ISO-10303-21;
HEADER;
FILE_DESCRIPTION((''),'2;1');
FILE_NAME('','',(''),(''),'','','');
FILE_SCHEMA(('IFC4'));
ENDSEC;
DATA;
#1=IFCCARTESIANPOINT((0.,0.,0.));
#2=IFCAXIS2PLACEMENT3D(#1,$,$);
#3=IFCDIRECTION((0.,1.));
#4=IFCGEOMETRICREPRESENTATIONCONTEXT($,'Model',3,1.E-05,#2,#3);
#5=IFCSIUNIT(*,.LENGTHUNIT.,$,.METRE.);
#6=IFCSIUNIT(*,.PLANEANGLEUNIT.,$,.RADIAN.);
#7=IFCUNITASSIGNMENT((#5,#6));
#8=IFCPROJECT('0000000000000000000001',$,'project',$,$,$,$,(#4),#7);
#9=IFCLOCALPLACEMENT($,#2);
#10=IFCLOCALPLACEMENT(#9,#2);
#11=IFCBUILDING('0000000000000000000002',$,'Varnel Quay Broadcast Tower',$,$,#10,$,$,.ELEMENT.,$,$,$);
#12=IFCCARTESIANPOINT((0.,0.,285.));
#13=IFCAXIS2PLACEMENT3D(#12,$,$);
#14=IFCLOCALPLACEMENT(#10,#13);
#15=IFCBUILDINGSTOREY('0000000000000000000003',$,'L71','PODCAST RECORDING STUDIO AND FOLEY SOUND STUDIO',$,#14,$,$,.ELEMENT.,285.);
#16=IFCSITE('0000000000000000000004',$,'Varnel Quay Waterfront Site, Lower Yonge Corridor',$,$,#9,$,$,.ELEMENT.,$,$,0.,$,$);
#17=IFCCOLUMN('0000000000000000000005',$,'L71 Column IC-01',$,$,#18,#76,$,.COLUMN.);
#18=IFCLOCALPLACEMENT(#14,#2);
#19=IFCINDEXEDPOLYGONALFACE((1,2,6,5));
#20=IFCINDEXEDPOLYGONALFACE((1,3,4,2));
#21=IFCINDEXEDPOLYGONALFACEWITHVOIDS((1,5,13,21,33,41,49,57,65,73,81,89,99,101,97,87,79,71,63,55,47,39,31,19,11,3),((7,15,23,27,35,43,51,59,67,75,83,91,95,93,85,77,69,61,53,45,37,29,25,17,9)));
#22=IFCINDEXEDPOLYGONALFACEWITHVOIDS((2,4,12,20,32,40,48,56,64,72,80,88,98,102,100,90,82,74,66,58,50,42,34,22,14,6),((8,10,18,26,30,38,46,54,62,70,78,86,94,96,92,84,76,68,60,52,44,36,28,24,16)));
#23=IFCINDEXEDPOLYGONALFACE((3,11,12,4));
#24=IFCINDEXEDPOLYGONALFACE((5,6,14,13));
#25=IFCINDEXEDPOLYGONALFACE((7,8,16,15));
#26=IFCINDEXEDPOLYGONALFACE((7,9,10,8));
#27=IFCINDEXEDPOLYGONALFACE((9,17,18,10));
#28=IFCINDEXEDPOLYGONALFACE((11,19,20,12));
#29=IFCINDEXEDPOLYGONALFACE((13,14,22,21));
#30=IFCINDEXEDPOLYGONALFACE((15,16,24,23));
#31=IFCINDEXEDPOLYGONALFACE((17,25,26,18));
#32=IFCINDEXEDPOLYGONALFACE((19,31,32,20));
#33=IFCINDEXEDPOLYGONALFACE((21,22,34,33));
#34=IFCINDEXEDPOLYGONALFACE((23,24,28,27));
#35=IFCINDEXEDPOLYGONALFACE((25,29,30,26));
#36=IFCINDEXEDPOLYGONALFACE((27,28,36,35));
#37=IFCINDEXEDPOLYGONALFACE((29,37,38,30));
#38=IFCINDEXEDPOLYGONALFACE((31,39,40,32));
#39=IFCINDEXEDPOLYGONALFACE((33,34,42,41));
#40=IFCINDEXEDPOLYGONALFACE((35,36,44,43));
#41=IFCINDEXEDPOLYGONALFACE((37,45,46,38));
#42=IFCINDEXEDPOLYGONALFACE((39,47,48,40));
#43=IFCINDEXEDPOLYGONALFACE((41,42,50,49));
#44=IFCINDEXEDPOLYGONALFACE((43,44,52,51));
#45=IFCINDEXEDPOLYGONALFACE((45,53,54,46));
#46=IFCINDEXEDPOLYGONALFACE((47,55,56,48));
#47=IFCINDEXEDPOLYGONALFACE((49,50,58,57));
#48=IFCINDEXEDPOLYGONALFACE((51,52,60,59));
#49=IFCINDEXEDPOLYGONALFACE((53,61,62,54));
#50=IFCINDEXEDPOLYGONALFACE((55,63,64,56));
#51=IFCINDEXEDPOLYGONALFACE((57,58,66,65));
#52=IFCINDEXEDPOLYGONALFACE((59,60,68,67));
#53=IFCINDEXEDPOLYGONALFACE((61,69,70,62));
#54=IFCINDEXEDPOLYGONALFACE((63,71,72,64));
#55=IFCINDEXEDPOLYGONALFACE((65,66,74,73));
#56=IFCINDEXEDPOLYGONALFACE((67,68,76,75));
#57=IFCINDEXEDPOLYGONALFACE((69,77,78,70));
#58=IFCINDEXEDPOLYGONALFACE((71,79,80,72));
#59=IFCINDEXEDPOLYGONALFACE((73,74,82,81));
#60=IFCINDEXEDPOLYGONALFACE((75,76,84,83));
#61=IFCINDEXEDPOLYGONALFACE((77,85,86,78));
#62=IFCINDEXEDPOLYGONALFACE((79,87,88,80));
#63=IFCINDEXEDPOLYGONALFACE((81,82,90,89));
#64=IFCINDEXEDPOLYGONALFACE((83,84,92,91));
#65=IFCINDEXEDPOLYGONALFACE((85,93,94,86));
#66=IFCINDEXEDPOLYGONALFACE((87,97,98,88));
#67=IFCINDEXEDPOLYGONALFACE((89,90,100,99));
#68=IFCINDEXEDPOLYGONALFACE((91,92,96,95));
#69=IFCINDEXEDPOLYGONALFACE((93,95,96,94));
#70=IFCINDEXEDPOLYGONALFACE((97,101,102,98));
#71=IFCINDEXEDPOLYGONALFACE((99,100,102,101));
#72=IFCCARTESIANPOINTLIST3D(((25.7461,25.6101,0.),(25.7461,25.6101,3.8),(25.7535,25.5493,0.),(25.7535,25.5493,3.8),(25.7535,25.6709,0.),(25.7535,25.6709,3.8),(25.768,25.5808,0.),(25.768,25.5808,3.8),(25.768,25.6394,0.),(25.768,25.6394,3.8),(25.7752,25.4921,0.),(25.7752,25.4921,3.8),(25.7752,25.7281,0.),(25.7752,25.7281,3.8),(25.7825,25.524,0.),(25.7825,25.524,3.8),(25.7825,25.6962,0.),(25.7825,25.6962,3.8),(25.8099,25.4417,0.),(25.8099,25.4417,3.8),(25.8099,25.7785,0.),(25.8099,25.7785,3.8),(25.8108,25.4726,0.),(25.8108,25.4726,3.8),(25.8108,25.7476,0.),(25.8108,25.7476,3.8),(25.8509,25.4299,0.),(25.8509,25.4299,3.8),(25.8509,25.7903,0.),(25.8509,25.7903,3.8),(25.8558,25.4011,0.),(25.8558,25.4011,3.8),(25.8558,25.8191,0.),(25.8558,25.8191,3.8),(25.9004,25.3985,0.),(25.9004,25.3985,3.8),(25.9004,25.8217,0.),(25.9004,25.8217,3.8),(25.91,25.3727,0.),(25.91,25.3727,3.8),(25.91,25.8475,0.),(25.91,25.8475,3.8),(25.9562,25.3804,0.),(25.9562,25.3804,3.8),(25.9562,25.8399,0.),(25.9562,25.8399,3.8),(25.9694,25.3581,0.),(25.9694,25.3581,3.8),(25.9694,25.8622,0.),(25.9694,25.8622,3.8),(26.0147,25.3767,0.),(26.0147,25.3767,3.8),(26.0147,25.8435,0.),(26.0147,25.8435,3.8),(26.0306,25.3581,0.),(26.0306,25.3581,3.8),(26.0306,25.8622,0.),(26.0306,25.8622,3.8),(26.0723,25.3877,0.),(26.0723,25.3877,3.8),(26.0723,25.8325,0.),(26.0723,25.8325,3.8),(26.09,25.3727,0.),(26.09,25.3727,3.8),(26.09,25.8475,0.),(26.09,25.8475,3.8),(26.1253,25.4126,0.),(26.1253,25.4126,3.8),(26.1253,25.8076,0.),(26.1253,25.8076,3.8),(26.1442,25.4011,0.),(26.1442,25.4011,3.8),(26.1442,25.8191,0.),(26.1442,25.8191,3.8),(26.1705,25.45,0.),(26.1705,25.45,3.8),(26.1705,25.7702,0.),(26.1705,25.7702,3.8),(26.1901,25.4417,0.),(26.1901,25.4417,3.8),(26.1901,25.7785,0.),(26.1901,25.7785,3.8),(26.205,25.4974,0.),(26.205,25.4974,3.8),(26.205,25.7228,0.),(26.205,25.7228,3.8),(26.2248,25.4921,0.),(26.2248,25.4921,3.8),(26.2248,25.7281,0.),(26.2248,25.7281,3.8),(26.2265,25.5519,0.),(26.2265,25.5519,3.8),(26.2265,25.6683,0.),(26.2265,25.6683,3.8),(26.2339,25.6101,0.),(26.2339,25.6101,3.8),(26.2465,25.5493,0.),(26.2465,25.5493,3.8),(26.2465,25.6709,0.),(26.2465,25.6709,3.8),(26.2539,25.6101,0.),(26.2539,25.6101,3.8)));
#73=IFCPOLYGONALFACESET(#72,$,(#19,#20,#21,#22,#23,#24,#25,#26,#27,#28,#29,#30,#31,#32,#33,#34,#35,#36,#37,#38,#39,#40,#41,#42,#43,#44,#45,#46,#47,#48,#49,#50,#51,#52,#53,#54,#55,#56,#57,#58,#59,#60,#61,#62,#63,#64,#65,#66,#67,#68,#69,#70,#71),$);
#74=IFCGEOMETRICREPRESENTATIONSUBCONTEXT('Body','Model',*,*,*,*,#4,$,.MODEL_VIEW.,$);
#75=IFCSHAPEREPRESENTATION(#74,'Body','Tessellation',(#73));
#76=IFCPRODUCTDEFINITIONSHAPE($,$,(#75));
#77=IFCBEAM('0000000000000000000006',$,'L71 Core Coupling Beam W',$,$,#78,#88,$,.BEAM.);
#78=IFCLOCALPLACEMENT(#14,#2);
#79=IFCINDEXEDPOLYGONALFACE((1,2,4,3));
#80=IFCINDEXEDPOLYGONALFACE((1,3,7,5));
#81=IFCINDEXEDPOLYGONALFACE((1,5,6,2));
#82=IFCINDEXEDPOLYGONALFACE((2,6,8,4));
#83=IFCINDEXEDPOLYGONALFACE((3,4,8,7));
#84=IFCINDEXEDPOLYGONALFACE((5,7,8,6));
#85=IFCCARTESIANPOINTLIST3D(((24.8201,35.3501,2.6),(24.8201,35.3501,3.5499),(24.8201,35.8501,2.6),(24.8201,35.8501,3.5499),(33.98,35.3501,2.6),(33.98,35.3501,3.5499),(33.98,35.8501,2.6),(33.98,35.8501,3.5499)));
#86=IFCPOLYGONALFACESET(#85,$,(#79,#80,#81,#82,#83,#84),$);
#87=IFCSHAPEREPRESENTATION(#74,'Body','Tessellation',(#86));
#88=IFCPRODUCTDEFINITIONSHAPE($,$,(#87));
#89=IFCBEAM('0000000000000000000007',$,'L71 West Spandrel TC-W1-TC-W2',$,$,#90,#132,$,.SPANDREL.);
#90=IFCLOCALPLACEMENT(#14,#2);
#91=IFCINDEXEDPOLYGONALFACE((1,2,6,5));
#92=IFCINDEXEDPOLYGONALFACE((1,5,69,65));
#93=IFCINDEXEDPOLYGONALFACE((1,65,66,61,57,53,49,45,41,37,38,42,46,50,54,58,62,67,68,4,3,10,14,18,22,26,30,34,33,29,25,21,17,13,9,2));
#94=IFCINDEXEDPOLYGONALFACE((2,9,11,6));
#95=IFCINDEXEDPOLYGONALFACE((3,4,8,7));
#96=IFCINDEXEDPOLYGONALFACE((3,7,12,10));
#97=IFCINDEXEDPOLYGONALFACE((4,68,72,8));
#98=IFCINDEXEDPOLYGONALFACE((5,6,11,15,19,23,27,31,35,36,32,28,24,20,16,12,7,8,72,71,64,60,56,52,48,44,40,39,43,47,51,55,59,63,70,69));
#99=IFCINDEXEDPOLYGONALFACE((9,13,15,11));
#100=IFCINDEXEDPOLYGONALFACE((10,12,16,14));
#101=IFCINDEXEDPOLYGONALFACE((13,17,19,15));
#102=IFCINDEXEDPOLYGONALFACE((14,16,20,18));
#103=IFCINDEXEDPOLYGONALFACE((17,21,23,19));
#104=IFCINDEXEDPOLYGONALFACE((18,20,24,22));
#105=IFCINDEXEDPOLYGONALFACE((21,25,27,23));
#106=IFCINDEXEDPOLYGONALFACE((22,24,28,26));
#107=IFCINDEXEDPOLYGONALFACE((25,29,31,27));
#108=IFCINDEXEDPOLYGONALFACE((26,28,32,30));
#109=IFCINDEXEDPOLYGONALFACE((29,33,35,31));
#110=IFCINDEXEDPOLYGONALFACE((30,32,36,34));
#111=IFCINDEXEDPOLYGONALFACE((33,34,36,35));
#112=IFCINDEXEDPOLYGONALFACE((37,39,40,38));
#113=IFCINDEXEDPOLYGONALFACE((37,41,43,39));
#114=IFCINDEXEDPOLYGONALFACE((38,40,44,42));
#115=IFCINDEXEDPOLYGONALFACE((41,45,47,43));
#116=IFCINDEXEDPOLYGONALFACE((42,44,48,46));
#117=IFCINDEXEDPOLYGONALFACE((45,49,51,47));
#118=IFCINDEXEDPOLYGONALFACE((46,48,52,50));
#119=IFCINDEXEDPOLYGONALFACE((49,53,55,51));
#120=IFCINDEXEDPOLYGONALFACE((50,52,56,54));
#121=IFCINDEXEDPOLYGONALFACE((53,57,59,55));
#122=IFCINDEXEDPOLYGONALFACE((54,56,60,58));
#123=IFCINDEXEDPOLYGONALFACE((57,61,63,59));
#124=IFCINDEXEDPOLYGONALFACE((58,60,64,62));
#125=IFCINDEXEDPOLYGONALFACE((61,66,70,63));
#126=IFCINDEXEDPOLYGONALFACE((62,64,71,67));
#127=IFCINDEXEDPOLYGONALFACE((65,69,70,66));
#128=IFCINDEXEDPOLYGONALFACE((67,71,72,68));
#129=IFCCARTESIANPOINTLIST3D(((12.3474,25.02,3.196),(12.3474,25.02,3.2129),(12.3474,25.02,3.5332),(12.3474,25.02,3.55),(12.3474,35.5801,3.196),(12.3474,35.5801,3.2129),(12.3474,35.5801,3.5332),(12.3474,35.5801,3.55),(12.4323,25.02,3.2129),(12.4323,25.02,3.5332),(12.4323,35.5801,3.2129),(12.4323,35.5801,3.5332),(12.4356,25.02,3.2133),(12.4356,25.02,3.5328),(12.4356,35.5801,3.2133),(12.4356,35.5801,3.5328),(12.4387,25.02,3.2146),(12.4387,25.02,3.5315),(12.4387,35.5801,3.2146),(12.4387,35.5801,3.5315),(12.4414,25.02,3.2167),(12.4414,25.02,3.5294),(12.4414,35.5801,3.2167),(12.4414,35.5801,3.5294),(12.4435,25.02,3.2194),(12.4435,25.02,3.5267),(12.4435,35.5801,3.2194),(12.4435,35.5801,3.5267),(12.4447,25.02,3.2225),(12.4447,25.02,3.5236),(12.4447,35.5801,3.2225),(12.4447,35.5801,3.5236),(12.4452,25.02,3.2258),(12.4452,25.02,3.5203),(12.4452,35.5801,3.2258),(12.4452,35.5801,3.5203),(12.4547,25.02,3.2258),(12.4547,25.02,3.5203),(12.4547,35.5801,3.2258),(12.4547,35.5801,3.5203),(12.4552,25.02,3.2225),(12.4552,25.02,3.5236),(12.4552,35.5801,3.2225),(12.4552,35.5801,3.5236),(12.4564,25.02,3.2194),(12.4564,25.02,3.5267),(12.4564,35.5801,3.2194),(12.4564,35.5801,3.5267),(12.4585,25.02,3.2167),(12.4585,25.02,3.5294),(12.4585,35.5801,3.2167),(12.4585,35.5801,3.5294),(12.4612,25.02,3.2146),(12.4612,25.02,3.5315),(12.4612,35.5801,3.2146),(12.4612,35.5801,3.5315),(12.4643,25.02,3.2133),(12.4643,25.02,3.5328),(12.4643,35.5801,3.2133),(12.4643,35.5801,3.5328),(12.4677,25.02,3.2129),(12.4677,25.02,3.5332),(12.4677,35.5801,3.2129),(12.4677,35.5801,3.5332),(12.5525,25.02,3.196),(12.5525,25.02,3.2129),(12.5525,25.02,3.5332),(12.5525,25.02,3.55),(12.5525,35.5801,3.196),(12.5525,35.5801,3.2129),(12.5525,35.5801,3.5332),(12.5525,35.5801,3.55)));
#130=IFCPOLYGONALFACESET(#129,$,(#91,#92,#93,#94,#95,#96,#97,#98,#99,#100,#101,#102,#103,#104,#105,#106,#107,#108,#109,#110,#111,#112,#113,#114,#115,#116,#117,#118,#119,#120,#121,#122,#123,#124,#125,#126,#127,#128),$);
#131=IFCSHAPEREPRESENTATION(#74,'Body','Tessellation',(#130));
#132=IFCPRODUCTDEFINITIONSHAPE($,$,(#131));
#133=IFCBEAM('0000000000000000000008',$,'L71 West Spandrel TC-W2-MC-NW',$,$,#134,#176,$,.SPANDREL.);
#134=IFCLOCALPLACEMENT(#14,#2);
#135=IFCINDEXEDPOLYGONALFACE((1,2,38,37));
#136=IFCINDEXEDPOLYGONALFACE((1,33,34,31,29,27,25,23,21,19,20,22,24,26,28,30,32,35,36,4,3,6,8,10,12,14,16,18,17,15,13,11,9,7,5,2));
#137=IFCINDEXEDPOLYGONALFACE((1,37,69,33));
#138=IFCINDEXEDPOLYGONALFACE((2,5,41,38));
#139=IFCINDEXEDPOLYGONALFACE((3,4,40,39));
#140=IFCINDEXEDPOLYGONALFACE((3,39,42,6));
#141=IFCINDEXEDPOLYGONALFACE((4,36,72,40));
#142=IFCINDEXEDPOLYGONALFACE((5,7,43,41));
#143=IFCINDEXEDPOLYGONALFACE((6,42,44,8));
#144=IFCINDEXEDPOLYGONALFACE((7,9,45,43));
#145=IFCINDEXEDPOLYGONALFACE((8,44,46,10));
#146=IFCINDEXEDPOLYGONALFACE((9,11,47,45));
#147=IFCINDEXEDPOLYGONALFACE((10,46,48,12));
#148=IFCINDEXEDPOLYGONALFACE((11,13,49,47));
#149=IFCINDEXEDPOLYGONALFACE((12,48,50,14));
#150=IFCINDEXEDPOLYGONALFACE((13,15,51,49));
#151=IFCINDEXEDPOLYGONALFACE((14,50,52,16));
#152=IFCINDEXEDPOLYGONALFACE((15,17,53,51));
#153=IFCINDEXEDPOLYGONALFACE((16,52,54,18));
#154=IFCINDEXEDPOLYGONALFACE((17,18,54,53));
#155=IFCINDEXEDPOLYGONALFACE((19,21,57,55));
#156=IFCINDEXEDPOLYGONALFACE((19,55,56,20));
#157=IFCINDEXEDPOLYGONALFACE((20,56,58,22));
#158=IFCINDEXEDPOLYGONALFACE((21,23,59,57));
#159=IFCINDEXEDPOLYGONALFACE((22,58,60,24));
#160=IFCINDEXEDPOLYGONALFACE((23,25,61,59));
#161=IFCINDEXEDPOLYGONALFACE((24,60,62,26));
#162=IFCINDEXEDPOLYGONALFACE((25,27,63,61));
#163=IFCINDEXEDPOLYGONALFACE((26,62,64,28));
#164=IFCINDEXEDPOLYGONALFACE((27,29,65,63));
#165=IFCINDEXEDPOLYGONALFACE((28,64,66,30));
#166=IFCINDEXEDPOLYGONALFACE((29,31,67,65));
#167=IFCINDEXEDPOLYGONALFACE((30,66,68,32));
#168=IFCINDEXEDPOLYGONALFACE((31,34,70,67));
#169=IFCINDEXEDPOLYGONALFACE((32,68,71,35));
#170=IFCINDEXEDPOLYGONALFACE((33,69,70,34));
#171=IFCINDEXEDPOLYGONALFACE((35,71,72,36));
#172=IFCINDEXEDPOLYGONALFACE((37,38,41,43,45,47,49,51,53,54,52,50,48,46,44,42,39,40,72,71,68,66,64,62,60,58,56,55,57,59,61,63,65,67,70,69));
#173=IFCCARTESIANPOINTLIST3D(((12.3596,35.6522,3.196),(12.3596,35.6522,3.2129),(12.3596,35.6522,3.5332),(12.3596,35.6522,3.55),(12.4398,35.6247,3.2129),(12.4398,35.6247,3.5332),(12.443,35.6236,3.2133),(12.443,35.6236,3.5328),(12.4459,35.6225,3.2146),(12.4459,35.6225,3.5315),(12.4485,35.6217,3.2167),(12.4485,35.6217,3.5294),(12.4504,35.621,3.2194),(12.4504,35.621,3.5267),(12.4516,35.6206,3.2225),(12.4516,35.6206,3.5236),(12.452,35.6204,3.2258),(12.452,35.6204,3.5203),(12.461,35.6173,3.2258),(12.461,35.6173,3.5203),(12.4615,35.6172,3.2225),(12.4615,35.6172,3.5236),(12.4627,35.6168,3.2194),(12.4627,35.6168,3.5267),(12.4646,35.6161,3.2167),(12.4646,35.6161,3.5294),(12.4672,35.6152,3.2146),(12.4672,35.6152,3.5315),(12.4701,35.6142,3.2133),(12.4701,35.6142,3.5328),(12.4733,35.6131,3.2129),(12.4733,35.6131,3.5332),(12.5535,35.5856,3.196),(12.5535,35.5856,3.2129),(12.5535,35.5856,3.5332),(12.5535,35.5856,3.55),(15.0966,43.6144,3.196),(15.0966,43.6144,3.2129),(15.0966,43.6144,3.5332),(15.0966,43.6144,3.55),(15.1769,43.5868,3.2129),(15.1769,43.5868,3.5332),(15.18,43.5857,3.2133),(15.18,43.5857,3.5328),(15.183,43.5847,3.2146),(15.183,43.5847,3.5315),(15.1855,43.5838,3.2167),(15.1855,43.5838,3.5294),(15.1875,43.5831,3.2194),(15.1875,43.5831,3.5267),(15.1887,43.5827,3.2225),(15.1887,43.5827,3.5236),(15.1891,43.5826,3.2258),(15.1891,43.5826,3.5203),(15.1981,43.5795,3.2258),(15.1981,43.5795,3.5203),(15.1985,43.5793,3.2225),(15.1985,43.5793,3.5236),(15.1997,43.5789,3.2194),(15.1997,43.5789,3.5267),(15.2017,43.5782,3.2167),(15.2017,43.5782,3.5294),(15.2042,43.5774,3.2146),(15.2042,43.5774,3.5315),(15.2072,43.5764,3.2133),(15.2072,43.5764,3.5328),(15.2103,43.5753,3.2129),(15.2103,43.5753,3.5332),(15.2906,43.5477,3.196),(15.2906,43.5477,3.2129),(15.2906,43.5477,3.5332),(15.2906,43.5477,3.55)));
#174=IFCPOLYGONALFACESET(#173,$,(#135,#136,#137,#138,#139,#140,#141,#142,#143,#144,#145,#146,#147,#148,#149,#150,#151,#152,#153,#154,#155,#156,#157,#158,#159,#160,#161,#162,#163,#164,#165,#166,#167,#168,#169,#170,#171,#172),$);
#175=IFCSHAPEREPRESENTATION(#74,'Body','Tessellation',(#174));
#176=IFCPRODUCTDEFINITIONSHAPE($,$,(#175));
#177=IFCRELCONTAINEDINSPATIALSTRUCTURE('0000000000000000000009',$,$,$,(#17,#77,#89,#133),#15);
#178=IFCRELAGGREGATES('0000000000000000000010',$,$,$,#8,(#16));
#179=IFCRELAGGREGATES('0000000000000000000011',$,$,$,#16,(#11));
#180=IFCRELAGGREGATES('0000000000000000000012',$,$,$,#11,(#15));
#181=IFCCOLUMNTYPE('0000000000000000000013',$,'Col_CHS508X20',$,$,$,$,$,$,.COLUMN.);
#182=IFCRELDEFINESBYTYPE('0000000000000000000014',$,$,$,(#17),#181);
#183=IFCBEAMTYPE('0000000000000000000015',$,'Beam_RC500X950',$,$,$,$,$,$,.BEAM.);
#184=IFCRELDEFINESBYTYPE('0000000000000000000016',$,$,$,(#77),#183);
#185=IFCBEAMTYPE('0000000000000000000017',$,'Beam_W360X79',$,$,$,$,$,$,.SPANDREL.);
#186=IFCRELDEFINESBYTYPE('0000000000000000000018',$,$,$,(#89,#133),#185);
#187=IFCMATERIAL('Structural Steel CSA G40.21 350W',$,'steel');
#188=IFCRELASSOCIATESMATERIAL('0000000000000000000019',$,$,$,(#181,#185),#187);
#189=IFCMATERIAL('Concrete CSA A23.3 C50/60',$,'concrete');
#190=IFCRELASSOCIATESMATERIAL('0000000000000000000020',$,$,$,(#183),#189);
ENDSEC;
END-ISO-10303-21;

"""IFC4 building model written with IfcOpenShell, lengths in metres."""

from ifc_helpers import new_model, si_unit, direction, frame, origin, origin_2d, place, context, subcontext, project, spatial, rectangle, hollow_circle, i_section, extrude, source, transform, mapped, material, material_profile, profile_set, type_object, type_shapes, element, save


model = new_model("IFC4")

# Units and contexts
model_context = context("Model", 3, precision=1e-05, world=origin(), true_north=direction((0.0, 1.0)))
body_context = subcontext(model_context, "Body", "Model", "MODEL_VIEW")
ifc_project = project(units=[si_unit("LENGTHUNIT", "METRE"), si_unit("PLANEANGLEUNIT", "RADIAN")], contexts=[model_context])

# Site, building, storey
site_placement = place(None, origin())
site = spatial("IfcSite", under=ifc_project, at=site_placement, Name="Varnel Quay Waterfront Site, Lower Yonge Corridor", CompositionType="ELEMENT", RefElevation=0.0)
building_placement = place(site_placement, origin())
building = spatial("IfcBuilding", under=site, at=building_placement, Name="Varnel Quay Broadcast Tower", CompositionType="ELEMENT")
storey_placement = place(building_placement, frame((0.0, 0.0, 285.0)))
storey = spatial("IfcBuildingStorey", under=building, at=storey_placement, Name="L71", Description="PODCAST RECORDING STUDIO AND FOLEY SOUND STUDIO", CompositionType="ELEMENT", Elevation=285.0)

# Column
ifc_material_1 = material(Name="Structural Steel CSA G40.21 350W", Category="steel")
ifc_material_profile_1 = material_profile(ifc_material_1, hollow_circle(Radius=0.2539, WallThickness=0.02, at=origin_2d()), Name="CHS508X20")
ifc_profile_set_1 = profile_set([ifc_material_profile_1], Name="Structural Steel CSA G40.21 350W")
column_type_1 = type_object("IfcColumnType", Name="Col_CHS508X20", PredefinedType="COLUMN", material=ifc_profile_set_1)
shared_shape_1 = source(origin(), body_context, "Body", "SweptSolid", [
    extrude(hollow_circle(Radius=0.2539, WallThickness=0.02, at=origin_2d()), origin(), (0.0, 0.0, 1.0), 3.8),
])
type_shapes(column_type_1, [shared_shape_1])
column_1_placement = place(storey_placement, frame((26.0, 25.6101, 0.0), z_axis=(0.0, 0.0, 1.0), x_axis=(1.0, 0.0, 0.0)))
element("IfcColumn", 1, at=column_1_placement, inside=storey, type_object=column_type_1, Name="L71 Column IC-01", PredefinedType="COLUMN", context=body_context, shape_type="MappedRepresentation", body=[
    mapped(shared_shape_1, transform((0.0, 0.0, 0.0), x_axis=(1.0, 0.0, 0.0), y_axis=(0.0, 1.0, 0.0), z_axis=(0.0, 0.0, 1.0), scale=1.0)),
])

# Beams
ifc_material_2 = material(Name="Concrete CSA A23.3 C50/60", Category="concrete")
ifc_material_profile_2 = material_profile(ifc_material_2, rectangle(XDim=0.5, YDim=0.95, at=origin_2d()), Name="RC500X950")
ifc_profile_set_2 = profile_set([ifc_material_profile_2], Name="Concrete CSA A23.3 C50/60")
beam_type_1 = type_object("IfcBeamType", Name="Beam_RC500X950", PredefinedType="BEAM", material=ifc_profile_set_2)
shared_shape_2 = source(origin(), body_context, "Body", "SweptSolid", [
    extrude(rectangle(XDim=0.5, YDim=0.95, at=origin_2d()), origin(), (0.0, 0.0, 1.0), 9.1599),
])
type_shapes(beam_type_1, [shared_shape_2])
beam_1_placement = place(storey_placement, frame((24.8201, 35.6001, 3.075), z_axis=(1.0, 0.0, 0.0), x_axis=(0.0, 1.0, 0.0)))
element("IfcBeam", 2, at=beam_1_placement, inside=storey, type_object=beam_type_1, Name="L71 Core Coupling Beam W", PredefinedType="BEAM", context=body_context, shape_type="MappedRepresentation", body=[
    mapped(shared_shape_2, transform((0.0, 0.0, 0.0), x_axis=(1.0, 0.0, 0.0), y_axis=(0.0, 1.0, 0.0), z_axis=(0.0, 0.0, 1.0), scale=1.0)),
])
ifc_material_profile_3 = material_profile(ifc_material_1, i_section(OverallWidth=0.2051, OverallDepth=0.354, WebThickness=0.0095, FlangeThickness=0.0168, FilletRadius=0.0129, at=origin_2d()), Name="W360X79")
ifc_profile_set_3 = profile_set([ifc_material_profile_3], Name="Structural Steel CSA G40.21 350W")
beam_type_2 = type_object("IfcBeamType", Name="Beam_W360X79", PredefinedType="SPANDREL", material=ifc_profile_set_3)
shared_shape_3 = source(origin(), body_context, "Body", "SweptSolid", [
    extrude(i_section(OverallWidth=0.2051, OverallDepth=0.354, WebThickness=0.0095, FlangeThickness=0.0168, FilletRadius=0.0129, at=origin_2d()), origin(), (0.0, 0.0, 1.0), 10.5601),
])
beam_2_placement = place(storey_placement, frame((12.45, 25.02, 3.373), z_axis=(0.0, 1.0, 0.0), x_axis=(-1.0, 0.0, 0.0)))
element("IfcBeam", 3, at=beam_2_placement, inside=storey, type_object=beam_type_2, Name="L71 West Spandrel TC-W1-TC-W2", PredefinedType="SPANDREL", context=body_context, shape_type="MappedRepresentation", body=[
    mapped(shared_shape_3, transform((0.0, 0.0, 0.0), x_axis=(1.0, 0.0, 0.0), y_axis=(0.0, 1.0, 0.0), z_axis=(0.0, 0.0, 1.0), scale=1.0)),
])
shared_shape_4 = source(origin(), body_context, "Body", "SweptSolid", [
    extrude(i_section(OverallWidth=0.2051, OverallDepth=0.354, WebThickness=0.0095, FlangeThickness=0.0168, FilletRadius=0.0129, at=origin_2d()), origin(), (0.0, 0.0, 1.0), 8.4194),
])
type_shapes(beam_type_2, [shared_shape_3, shared_shape_4])
beam_3_placement = place(storey_placement, frame((12.4565, 35.6189, 3.373), z_axis=(0.325087, 0.945684, 0.0), x_axis=(-0.945684, 0.325087, 0.0)))
element("IfcBeam", 4, at=beam_3_placement, inside=storey, type_object=beam_type_2, Name="L71 West Spandrel TC-W2-MC-NW", PredefinedType="SPANDREL", context=body_context, shape_type="MappedRepresentation", body=[
    mapped(shared_shape_4, transform((0.0, 0.0, 0.0), x_axis=(1.0, 0.0, 0.0), y_axis=(0.0, 1.0, 0.0), z_axis=(0.0, 0.0, 1.0), scale=1.0)),
])

save(model, "model.ifc")
